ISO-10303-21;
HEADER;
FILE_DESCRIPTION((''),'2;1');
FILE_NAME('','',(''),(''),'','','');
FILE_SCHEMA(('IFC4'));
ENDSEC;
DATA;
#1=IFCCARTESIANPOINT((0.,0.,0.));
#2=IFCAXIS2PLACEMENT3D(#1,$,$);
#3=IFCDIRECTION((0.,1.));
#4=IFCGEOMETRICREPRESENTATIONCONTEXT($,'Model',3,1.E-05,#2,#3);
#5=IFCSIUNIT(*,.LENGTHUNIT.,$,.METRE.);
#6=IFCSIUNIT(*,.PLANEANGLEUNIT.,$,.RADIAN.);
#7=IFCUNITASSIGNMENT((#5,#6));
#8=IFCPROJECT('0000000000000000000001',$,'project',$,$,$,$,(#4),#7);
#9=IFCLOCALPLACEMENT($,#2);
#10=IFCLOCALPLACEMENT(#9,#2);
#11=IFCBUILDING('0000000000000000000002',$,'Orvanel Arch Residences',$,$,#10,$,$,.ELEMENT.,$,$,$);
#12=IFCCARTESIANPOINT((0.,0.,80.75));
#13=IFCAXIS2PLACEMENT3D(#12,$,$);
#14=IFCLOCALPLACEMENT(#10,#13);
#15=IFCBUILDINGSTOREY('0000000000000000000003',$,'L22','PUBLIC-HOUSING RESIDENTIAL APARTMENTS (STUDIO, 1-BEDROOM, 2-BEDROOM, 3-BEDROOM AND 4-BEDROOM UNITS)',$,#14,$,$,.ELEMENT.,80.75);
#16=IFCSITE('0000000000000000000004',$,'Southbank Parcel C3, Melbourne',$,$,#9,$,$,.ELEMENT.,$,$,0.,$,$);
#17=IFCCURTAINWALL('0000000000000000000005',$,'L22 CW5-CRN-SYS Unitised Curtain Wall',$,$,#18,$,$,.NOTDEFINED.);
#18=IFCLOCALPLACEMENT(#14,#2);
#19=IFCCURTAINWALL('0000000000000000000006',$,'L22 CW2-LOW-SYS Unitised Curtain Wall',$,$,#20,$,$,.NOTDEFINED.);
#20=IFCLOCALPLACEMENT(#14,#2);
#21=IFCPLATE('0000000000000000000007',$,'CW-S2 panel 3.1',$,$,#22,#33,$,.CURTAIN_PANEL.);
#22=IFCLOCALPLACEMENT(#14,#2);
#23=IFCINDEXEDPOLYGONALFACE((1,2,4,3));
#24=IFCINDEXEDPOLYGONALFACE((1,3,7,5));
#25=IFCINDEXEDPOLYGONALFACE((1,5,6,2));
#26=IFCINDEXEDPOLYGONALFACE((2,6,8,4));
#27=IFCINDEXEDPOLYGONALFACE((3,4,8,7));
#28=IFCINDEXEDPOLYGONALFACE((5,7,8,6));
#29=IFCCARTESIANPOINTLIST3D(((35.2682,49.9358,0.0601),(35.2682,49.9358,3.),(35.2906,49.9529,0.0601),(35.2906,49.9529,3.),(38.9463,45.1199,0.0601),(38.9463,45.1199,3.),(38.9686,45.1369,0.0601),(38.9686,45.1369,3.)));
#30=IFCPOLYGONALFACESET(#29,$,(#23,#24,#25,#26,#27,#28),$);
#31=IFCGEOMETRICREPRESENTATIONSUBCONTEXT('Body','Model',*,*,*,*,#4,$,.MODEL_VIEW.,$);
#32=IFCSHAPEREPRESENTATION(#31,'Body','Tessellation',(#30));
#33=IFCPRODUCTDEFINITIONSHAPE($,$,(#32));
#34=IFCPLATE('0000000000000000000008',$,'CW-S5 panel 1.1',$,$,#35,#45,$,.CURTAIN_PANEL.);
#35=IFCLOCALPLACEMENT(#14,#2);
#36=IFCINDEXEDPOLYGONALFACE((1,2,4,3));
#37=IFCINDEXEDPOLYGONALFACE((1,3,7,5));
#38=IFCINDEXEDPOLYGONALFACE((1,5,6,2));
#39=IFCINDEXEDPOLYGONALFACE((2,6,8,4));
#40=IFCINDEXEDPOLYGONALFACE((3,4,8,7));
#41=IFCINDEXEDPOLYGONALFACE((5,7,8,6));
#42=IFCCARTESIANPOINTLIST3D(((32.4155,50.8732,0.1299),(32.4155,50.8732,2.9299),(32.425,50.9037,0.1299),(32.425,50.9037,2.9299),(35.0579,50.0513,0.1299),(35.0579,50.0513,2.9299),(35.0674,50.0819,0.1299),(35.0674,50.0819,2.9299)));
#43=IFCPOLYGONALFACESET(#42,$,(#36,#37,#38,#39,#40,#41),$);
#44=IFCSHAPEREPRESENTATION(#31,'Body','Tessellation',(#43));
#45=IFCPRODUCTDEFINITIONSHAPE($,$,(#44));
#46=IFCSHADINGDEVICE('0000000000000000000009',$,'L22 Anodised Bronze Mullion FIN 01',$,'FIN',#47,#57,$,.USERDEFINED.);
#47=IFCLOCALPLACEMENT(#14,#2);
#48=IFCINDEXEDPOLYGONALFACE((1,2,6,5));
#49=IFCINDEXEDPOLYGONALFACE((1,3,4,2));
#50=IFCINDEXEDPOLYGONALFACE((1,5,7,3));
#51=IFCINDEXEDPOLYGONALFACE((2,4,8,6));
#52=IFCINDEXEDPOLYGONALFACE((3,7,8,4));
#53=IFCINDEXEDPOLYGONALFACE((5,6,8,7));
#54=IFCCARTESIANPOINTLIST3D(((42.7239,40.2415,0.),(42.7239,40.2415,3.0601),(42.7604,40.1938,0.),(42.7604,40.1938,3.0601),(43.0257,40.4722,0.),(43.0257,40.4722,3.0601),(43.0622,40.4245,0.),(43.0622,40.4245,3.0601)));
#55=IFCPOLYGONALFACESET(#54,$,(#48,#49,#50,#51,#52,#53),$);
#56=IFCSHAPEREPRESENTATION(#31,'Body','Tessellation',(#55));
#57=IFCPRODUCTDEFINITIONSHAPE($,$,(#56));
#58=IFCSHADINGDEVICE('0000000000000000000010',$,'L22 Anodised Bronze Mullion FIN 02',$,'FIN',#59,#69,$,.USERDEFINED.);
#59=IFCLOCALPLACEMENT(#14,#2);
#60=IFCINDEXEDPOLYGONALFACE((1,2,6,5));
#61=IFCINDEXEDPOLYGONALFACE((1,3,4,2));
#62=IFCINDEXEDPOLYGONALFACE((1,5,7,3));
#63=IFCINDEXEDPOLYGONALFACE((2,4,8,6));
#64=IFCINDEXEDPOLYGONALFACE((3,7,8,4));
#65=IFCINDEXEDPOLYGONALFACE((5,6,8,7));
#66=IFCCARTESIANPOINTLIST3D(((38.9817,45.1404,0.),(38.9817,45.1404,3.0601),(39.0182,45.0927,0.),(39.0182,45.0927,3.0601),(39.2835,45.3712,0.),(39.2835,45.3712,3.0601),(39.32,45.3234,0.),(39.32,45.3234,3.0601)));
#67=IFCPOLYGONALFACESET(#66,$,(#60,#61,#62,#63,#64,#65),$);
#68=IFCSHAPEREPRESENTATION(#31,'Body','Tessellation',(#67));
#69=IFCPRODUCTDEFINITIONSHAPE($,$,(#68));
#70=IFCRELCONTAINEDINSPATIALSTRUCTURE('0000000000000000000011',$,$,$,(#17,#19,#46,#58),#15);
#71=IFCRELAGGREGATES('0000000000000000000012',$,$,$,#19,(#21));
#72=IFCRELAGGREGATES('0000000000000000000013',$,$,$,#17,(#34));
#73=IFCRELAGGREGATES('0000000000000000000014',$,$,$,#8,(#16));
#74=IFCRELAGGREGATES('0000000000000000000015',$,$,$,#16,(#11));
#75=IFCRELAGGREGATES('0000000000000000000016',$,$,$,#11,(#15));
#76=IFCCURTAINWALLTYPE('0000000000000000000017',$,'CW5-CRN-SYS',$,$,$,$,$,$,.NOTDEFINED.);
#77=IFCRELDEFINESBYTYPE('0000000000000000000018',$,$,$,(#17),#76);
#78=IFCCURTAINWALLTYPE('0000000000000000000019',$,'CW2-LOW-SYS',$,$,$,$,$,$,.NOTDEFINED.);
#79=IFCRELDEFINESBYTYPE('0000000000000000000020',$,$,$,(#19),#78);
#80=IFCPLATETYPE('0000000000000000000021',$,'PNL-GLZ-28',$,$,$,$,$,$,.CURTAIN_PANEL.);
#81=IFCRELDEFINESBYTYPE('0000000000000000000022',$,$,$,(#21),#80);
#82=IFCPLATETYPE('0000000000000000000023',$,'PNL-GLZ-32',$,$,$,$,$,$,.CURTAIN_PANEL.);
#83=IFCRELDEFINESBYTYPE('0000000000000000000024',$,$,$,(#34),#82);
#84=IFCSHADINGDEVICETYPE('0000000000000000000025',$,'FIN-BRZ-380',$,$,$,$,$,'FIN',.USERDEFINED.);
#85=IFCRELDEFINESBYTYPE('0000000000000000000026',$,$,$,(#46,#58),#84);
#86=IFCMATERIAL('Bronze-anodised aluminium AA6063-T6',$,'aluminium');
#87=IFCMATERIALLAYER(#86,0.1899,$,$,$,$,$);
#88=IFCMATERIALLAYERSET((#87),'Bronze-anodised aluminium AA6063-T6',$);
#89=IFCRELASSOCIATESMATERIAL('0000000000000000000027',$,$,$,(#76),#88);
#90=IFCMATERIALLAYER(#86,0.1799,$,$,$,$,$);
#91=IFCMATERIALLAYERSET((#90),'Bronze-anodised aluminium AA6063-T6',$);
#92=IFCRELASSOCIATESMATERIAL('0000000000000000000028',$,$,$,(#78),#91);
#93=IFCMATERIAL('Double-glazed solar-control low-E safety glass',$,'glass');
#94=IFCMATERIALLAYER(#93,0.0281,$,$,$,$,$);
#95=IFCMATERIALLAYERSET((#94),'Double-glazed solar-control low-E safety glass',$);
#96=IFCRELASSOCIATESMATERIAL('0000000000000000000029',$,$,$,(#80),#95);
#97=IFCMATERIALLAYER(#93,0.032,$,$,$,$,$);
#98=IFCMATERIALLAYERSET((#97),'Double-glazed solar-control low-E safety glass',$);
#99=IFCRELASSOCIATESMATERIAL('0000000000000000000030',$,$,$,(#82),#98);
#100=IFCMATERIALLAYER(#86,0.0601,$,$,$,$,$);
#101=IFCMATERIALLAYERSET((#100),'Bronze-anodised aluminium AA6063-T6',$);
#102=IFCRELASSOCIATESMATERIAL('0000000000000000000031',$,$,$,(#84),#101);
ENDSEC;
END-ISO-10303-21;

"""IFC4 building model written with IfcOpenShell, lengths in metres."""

from ifc_helpers import new_model, si_unit, direction, frame, origin, origin_2d, place, context, subcontext, project, spatial, rectangle, extrude, material, layer, layer_set, type_object, element, aggregate, save


model = new_model("IFC4")

# Units and contexts
model_context = context("Model", 3, precision=1e-05, world=origin(), true_north=direction((0.0, 1.0)))
body_context = subcontext(model_context, "Body", "Model", "MODEL_VIEW")
ifc_project = project(units=[si_unit("LENGTHUNIT", "METRE"), si_unit("PLANEANGLEUNIT", "RADIAN")], contexts=[model_context])

# Site, building, storey
site_placement = place(None, origin())
site = spatial("IfcSite", under=ifc_project, at=site_placement, Name="Southbank Parcel C3, Melbourne", CompositionType="ELEMENT", RefElevation=0.0)
building_placement = place(site_placement, origin())
building = spatial("IfcBuilding", under=site, at=building_placement, Name="Orvanel Arch Residences", CompositionType="ELEMENT")
storey_placement = place(building_placement, frame((0.0, 0.0, 80.75)))
storey = spatial("IfcBuildingStorey", under=building, at=storey_placement, Name="L22", Description="PUBLIC-HOUSING RESIDENTIAL APARTMENTS (STUDIO, 1-BEDROOM, 2-BEDROOM, 3-BEDROOM AND 4-BEDROOM UNITS)", CompositionType="ELEMENT", Elevation=80.75)

# Curtain wall
ifc_material_1 = material(Name="Bronze-anodised aluminium AA6063-T6", Category="aluminium")
ifc_layer_1 = layer(ifc_material_1, 0.1899)
ifc_layer_set_1 = layer_set([ifc_layer_1], Name="Bronze-anodised aluminium AA6063-T6")
curtain_wall_type_1 = type_object("IfcCurtainWallType", Name="CW5-CRN-SYS", PredefinedType="NOTDEFINED", material=ifc_layer_set_1)
curtain_wall_1_placement = place(storey_placement, origin())
curtain_wall_1 = element("IfcCurtainWall", 1, at=curtain_wall_1_placement, inside=storey, type_object=curtain_wall_type_1, Name="L22 CW5-CRN-SYS Unitised Curtain Wall", PredefinedType="NOTDEFINED")

# Curtain wall
ifc_layer_2 = layer(ifc_material_1, 0.1799)
ifc_layer_set_2 = layer_set([ifc_layer_2], Name="Bronze-anodised aluminium AA6063-T6")
curtain_wall_type_2 = type_object("IfcCurtainWallType", Name="CW2-LOW-SYS", PredefinedType="NOTDEFINED", material=ifc_layer_set_2)
curtain_wall_2_placement = place(storey_placement, origin())
curtain_wall_2 = element("IfcCurtainWall", 2, at=curtain_wall_2_placement, inside=storey, type_object=curtain_wall_type_2, Name="L22 CW2-LOW-SYS Unitised Curtain Wall", PredefinedType="NOTDEFINED")

# Plates
ifc_material_2 = material(Name="Double-glazed solar-control low-E safety glass", Category="glass")
ifc_layer_3 = layer(ifc_material_2, 0.0281)
ifc_layer_set_3 = layer_set([ifc_layer_3], Name="Double-glazed solar-control low-E safety glass")
plate_type_1 = type_object("IfcPlateType", Name="PNL-GLZ-28", PredefinedType="CURTAIN_PANEL", material=ifc_layer_set_3)
plate_1_placement = place(storey_placement, frame((37.1184, 47.5364, 0.0601), z_axis=(0.0, 0.0, 1.0), x_axis=(-0.60695, 0.79474, 0.0)))
plate_1 = element("IfcPlate", 3, at=plate_1_placement, type_object=plate_type_1, Name="CW-S2 panel 3.1", PredefinedType="CURTAIN_PANEL", context=body_context, shape_type="SweptSolid", body=[
    extrude(rectangle(XDim=6.0598, YDim=0.0281, at=origin_2d()), origin(), (0.0, 0.0, 1.0), 2.9399),
])
aggregate(curtain_wall_2, [plate_1])
ifc_layer_4 = layer(ifc_material_2, 0.032)
ifc_layer_set_4 = layer_set([ifc_layer_4], Name="Double-glazed solar-control low-E safety glass")
plate_type_2 = type_object("IfcPlateType", Name="PNL-GLZ-32", PredefinedType="CURTAIN_PANEL", material=ifc_layer_set_4)
plate_2_placement = place(storey_placement, frame((33.7415, 50.4775, 0.1299), z_axis=(0.0, 0.0, 1.0), x_axis=(-0.954879, 0.296994, 0.0)))
plate_2 = element("IfcPlate", 4, at=plate_2_placement, type_object=plate_type_2, Name="CW-S5 panel 1.1", PredefinedType="CURTAIN_PANEL", context=body_context, shape_type="SweptSolid", body=[
    extrude(rectangle(XDim=2.7673, YDim=0.032, at=origin_2d()), origin(), (0.0, 0.0, 1.0), 2.8),
])
aggregate(curtain_wall_1, [plate_2])

# Shading devices
ifc_layer_5 = layer(ifc_material_1, 0.0601)
ifc_layer_set_5 = layer_set([ifc_layer_5], Name="Bronze-anodised aluminium AA6063-T6")
shading_device_type = type_object("IfcShadingDeviceType", Name="FIN-BRZ-380", ElementType="FIN", PredefinedType="USERDEFINED", material=ifc_layer_set_5)
for number, where, z_axis, x_axis, name in (
    (5, (42.8931, 40.333, 0.0), (0.0, 0.0, 1.0), (0.794415, 0.607376, 0.0), "L22 Anodised Bronze Mullion FIN 01"),
    (6, (39.1509, 45.2319, 0.0), (0.0, 0.0, 1.0), (0.794415, 0.607376, 0.0), "L22 Anodised Bronze Mullion FIN 02"),
):
    element("IfcShadingDevice", number, at=place(storey_placement, frame(where, z_axis=z_axis, x_axis=x_axis)), inside=storey, type_object=shading_device_type, Name=name, ObjectType="FIN", PredefinedType="USERDEFINED", context=body_context, shape_type="SweptSolid", body=[
        extrude(rectangle(XDim=0.3799, YDim=0.0601, at=origin_2d()), origin(), (0.0, 0.0, 1.0), 3.0601),
    ])

save(model, "model.ifc")
